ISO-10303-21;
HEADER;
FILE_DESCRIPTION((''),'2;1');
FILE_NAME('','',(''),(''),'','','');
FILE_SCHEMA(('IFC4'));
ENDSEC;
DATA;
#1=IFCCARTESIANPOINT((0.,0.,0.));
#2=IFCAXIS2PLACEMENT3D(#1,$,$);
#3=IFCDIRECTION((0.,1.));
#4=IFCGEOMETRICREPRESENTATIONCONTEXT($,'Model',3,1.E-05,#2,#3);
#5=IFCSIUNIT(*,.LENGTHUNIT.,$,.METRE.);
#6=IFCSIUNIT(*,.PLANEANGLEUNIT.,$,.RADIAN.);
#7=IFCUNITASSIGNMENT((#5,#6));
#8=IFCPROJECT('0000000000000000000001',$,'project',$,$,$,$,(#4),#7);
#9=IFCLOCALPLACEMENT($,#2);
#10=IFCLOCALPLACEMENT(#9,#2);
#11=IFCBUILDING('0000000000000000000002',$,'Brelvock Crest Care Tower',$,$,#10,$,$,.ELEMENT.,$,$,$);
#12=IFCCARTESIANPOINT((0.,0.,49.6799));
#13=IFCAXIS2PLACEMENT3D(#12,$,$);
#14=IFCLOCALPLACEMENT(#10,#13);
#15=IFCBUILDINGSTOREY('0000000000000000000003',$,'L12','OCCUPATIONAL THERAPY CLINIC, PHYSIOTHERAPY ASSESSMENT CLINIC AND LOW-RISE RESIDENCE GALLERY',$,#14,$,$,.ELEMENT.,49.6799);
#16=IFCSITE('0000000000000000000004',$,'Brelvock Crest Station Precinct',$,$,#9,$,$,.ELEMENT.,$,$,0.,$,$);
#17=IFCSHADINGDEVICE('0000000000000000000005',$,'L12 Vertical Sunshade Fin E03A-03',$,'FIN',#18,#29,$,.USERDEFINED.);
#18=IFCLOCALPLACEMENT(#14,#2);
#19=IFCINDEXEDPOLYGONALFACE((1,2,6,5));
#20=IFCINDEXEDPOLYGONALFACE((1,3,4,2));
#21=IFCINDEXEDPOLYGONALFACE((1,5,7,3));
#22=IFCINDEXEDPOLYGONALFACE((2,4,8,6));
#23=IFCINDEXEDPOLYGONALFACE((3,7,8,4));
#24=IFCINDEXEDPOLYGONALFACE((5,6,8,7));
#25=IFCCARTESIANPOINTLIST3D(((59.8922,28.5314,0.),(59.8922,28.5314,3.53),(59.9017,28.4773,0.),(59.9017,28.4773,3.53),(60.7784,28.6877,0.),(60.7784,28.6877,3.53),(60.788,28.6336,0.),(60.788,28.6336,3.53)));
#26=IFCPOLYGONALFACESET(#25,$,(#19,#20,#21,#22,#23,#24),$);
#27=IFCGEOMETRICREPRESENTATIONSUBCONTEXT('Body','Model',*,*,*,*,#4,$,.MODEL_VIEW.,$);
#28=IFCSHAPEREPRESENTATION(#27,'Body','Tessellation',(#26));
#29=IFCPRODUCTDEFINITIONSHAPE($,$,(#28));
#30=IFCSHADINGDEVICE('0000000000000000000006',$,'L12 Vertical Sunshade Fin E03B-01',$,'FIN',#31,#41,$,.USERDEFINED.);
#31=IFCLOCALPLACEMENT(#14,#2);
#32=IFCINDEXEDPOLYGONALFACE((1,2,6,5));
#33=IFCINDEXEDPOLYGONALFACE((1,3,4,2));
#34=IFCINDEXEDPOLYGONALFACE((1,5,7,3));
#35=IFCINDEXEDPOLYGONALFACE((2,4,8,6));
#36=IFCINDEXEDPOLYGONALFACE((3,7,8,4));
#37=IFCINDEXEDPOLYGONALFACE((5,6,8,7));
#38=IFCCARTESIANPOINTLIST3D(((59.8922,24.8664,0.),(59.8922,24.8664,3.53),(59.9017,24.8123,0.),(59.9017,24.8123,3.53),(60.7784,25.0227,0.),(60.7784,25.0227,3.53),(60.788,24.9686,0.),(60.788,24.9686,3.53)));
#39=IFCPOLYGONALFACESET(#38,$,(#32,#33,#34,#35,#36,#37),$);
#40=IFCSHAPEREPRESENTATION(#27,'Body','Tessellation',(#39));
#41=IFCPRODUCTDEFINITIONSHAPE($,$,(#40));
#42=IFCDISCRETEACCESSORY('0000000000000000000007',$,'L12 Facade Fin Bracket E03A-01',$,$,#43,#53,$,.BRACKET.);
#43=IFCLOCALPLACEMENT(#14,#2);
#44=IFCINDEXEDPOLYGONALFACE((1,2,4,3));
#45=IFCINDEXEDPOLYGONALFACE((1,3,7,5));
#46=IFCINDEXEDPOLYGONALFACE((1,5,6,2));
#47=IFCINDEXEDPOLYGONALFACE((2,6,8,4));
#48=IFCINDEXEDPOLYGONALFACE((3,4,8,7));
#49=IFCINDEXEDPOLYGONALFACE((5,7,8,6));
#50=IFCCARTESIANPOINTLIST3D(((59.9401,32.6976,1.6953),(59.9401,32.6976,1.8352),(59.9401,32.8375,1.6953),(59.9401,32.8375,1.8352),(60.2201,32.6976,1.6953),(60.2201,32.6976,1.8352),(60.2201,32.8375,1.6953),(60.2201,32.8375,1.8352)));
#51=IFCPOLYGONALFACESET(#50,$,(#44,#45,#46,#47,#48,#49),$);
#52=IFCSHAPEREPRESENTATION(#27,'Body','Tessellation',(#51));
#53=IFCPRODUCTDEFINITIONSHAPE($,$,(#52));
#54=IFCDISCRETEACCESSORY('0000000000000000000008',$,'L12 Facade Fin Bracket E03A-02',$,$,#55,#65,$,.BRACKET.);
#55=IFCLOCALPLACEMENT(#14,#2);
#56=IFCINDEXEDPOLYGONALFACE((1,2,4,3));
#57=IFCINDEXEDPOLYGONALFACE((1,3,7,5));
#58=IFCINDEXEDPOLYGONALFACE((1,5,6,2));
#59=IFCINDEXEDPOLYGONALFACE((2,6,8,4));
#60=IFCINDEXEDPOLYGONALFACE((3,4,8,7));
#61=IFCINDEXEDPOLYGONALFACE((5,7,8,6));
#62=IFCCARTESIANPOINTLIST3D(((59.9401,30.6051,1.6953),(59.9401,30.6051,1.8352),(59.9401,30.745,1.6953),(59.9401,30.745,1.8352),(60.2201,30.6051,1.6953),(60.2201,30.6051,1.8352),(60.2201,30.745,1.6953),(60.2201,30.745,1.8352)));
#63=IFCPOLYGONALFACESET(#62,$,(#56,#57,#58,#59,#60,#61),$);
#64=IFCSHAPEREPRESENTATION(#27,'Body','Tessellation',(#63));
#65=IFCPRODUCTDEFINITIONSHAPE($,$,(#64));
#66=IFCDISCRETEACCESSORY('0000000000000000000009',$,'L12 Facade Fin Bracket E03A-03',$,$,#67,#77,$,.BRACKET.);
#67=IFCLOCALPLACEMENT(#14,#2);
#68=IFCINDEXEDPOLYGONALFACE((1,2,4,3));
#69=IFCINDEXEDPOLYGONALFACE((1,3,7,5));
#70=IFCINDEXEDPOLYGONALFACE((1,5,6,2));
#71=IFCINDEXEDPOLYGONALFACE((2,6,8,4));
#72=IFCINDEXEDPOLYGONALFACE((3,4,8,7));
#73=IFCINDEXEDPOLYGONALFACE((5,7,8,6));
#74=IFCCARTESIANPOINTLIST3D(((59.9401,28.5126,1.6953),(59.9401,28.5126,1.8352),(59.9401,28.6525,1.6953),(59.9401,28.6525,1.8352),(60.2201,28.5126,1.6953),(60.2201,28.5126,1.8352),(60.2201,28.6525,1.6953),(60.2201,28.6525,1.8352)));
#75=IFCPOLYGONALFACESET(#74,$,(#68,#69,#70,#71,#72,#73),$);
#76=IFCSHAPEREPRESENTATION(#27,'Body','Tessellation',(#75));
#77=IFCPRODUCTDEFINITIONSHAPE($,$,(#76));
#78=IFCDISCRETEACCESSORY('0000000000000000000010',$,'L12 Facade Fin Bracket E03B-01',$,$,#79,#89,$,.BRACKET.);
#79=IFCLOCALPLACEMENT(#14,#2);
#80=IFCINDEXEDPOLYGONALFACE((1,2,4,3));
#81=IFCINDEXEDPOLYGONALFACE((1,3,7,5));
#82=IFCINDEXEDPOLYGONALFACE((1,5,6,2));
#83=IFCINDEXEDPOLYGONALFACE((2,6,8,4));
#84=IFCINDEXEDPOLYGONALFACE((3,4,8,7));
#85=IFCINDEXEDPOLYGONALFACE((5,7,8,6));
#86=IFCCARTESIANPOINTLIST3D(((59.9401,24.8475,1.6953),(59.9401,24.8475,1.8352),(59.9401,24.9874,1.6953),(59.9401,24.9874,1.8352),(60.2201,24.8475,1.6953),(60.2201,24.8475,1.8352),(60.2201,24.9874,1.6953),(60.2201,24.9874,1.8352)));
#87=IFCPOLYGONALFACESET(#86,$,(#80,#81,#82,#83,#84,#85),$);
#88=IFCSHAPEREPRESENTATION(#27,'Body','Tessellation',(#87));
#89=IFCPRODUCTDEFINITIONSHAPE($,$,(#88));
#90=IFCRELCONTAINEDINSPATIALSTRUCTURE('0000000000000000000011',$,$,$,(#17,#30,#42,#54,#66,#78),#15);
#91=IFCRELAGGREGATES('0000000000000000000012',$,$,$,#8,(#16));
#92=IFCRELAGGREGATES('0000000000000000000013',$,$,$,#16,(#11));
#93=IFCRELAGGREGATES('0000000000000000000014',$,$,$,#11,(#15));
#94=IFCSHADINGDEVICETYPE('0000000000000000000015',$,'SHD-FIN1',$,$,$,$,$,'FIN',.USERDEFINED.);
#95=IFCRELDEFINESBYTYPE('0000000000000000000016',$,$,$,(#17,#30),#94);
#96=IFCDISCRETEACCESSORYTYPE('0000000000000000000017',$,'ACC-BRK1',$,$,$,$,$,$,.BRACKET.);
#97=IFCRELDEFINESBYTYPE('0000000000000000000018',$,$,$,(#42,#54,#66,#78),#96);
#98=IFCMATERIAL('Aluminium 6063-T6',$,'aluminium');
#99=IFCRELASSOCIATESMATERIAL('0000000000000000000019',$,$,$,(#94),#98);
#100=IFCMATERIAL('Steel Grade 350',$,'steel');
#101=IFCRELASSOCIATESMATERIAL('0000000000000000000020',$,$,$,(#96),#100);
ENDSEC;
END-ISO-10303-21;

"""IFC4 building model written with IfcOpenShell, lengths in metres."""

from ifc_helpers import new_model, si_unit, direction, frame, origin, origin_2d, place, context, subcontext, project, spatial, rectangle, extrude, source, transform, mapped, material, material_profile, profile_set, type_object, element, save


model = new_model("IFC4")

# Units and contexts
model_context = context("Model", 3, precision=1e-05, world=origin(), true_north=direction((0.0, 1.0)))
body_context = subcontext(model_context, "Body", "Model", "MODEL_VIEW")
ifc_project = project(units=[si_unit("LENGTHUNIT", "METRE"), si_unit("PLANEANGLEUNIT", "RADIAN")], contexts=[model_context])

# Site, building, storey
site_placement = place(None, origin())
site = spatial("IfcSite", under=ifc_project, at=site_placement, Name="Brelvock Crest Station Precinct", CompositionType="ELEMENT", RefElevation=0.0)
building_placement = place(site_placement, origin())
building = spatial("IfcBuilding", under=site, at=building_placement, Name="Brelvock Crest Care Tower", CompositionType="ELEMENT")
storey_placement = place(building_placement, frame((0.0, 0.0, 49.6799)))
storey = spatial("IfcBuildingStorey", under=building, at=storey_placement, Name="L12", Description="OCCUPATIONAL THERAPY CLINIC, PHYSIOTHERAPY ASSESSMENT CLINIC AND LOW-RISE RESIDENCE GALLERY", CompositionType="ELEMENT", Elevation=49.6799)

# Shared definitions
ifc_material_1 = material(Name="Steel Grade 350", Category="steel")

# Shared definitions
ifc_material_2 = material(Name="Aluminium 6063-T6", Category="aluminium")

# Shading devices
ifc_material_profile_1 = material_profile(ifc_material_2, rectangle(XDim=0.0549, YDim=0.8999, at=origin_2d()), Name="FIN55x900")
ifc_profile_set_1 = profile_set([ifc_material_profile_1], Name="Aluminium 6063-T6")
shading_device_type = type_object("IfcShadingDeviceType", Name="SHD-FIN1", ElementType="FIN", PredefinedType="USERDEFINED", material=ifc_profile_set_1)
shared_shape_1 = source(origin(), body_context, "Body", "SweptSolid", [
    extrude(rectangle(XDim=0.0549, YDim=0.8999, at=origin_2d()), origin(), (0.0, 0.0, 1.0), 3.53),
])
for number, where, z_axis, x_axis, name in (
    (1, (60.3401, 28.5825, 0.0), (0.0, 0.0, 1.0), (0.173648, -0.984808, 0.0), "L12 Vertical Sunshade Fin E03A-03"),
    (2, (60.3401, 24.9175, 0.0), (0.0, 0.0, 1.0), (0.173648, -0.984808, 0.0), "L12 Vertical Sunshade Fin E03B-01"),
):
    element("IfcShadingDevice", number, at=place(storey_placement, frame(where, z_axis=z_axis, x_axis=x_axis)), inside=storey, type_object=shading_device_type, Name=name, ObjectType="FIN", PredefinedType="USERDEFINED", context=body_context, shape_type="MappedRepresentation", body=[
        mapped(shared_shape_1, transform((0.0, 0.0, 0.0), x_axis=(1.0, 0.0, 0.0), y_axis=(0.0, 1.0, 0.0), z_axis=(0.0, 0.0, 1.0), scale=1.0)),
    ])

# Discrete accessories
discrete_accessory_type = type_object("IfcDiscreteAccessoryType", Name="ACC-BRK1", PredefinedType="BRACKET", material=ifc_material_1)
shared_shape_2 = source(origin(), body_context, "Body", "SweptSolid", [
    extrude(rectangle(XDim=0.28, YDim=0.1399, at=origin_2d()), origin(), (0.0, 0.0, 1.0), 0.1399),
])
for number, where, z_axis, x_axis, name in (
    (3, (60.0801, 32.7676, 1.6953), (0.0, 0.0, 1.0), (1.0, 0.0, 0.0), "L12 Facade Fin Bracket E03A-01"),
    (4, (60.0801, 30.675, 1.6953), (0.0, 0.0, 1.0), (1.0, 0.0, 0.0), "L12 Facade Fin Bracket E03A-02"),
    (5, (60.0801, 28.5825, 1.6953), (0.0, 0.0, 1.0), (1.0, 0.0, 0.0), "L12 Facade Fin Bracket E03A-03"),
    (6, (60.0801, 24.9175, 1.6953), (0.0, 0.0, 1.0), (1.0, 0.0, 0.0), "L12 Facade Fin Bracket E03B-01"),
):
    element("IfcDiscreteAccessory", number, at=place(storey_placement, frame(where, z_axis=z_axis, x_axis=x_axis)), inside=storey, type_object=discrete_accessory_type, Name=name, PredefinedType="BRACKET", context=body_context, shape_type="MappedRepresentation", body=[
        mapped(shared_shape_2, transform((0.0, 0.0, 0.0), x_axis=(1.0, 0.0, 0.0), y_axis=(0.0, 1.0, 0.0), z_axis=(0.0, 0.0, 1.0), scale=1.0)),
    ])

save(model, "model.ifc")
